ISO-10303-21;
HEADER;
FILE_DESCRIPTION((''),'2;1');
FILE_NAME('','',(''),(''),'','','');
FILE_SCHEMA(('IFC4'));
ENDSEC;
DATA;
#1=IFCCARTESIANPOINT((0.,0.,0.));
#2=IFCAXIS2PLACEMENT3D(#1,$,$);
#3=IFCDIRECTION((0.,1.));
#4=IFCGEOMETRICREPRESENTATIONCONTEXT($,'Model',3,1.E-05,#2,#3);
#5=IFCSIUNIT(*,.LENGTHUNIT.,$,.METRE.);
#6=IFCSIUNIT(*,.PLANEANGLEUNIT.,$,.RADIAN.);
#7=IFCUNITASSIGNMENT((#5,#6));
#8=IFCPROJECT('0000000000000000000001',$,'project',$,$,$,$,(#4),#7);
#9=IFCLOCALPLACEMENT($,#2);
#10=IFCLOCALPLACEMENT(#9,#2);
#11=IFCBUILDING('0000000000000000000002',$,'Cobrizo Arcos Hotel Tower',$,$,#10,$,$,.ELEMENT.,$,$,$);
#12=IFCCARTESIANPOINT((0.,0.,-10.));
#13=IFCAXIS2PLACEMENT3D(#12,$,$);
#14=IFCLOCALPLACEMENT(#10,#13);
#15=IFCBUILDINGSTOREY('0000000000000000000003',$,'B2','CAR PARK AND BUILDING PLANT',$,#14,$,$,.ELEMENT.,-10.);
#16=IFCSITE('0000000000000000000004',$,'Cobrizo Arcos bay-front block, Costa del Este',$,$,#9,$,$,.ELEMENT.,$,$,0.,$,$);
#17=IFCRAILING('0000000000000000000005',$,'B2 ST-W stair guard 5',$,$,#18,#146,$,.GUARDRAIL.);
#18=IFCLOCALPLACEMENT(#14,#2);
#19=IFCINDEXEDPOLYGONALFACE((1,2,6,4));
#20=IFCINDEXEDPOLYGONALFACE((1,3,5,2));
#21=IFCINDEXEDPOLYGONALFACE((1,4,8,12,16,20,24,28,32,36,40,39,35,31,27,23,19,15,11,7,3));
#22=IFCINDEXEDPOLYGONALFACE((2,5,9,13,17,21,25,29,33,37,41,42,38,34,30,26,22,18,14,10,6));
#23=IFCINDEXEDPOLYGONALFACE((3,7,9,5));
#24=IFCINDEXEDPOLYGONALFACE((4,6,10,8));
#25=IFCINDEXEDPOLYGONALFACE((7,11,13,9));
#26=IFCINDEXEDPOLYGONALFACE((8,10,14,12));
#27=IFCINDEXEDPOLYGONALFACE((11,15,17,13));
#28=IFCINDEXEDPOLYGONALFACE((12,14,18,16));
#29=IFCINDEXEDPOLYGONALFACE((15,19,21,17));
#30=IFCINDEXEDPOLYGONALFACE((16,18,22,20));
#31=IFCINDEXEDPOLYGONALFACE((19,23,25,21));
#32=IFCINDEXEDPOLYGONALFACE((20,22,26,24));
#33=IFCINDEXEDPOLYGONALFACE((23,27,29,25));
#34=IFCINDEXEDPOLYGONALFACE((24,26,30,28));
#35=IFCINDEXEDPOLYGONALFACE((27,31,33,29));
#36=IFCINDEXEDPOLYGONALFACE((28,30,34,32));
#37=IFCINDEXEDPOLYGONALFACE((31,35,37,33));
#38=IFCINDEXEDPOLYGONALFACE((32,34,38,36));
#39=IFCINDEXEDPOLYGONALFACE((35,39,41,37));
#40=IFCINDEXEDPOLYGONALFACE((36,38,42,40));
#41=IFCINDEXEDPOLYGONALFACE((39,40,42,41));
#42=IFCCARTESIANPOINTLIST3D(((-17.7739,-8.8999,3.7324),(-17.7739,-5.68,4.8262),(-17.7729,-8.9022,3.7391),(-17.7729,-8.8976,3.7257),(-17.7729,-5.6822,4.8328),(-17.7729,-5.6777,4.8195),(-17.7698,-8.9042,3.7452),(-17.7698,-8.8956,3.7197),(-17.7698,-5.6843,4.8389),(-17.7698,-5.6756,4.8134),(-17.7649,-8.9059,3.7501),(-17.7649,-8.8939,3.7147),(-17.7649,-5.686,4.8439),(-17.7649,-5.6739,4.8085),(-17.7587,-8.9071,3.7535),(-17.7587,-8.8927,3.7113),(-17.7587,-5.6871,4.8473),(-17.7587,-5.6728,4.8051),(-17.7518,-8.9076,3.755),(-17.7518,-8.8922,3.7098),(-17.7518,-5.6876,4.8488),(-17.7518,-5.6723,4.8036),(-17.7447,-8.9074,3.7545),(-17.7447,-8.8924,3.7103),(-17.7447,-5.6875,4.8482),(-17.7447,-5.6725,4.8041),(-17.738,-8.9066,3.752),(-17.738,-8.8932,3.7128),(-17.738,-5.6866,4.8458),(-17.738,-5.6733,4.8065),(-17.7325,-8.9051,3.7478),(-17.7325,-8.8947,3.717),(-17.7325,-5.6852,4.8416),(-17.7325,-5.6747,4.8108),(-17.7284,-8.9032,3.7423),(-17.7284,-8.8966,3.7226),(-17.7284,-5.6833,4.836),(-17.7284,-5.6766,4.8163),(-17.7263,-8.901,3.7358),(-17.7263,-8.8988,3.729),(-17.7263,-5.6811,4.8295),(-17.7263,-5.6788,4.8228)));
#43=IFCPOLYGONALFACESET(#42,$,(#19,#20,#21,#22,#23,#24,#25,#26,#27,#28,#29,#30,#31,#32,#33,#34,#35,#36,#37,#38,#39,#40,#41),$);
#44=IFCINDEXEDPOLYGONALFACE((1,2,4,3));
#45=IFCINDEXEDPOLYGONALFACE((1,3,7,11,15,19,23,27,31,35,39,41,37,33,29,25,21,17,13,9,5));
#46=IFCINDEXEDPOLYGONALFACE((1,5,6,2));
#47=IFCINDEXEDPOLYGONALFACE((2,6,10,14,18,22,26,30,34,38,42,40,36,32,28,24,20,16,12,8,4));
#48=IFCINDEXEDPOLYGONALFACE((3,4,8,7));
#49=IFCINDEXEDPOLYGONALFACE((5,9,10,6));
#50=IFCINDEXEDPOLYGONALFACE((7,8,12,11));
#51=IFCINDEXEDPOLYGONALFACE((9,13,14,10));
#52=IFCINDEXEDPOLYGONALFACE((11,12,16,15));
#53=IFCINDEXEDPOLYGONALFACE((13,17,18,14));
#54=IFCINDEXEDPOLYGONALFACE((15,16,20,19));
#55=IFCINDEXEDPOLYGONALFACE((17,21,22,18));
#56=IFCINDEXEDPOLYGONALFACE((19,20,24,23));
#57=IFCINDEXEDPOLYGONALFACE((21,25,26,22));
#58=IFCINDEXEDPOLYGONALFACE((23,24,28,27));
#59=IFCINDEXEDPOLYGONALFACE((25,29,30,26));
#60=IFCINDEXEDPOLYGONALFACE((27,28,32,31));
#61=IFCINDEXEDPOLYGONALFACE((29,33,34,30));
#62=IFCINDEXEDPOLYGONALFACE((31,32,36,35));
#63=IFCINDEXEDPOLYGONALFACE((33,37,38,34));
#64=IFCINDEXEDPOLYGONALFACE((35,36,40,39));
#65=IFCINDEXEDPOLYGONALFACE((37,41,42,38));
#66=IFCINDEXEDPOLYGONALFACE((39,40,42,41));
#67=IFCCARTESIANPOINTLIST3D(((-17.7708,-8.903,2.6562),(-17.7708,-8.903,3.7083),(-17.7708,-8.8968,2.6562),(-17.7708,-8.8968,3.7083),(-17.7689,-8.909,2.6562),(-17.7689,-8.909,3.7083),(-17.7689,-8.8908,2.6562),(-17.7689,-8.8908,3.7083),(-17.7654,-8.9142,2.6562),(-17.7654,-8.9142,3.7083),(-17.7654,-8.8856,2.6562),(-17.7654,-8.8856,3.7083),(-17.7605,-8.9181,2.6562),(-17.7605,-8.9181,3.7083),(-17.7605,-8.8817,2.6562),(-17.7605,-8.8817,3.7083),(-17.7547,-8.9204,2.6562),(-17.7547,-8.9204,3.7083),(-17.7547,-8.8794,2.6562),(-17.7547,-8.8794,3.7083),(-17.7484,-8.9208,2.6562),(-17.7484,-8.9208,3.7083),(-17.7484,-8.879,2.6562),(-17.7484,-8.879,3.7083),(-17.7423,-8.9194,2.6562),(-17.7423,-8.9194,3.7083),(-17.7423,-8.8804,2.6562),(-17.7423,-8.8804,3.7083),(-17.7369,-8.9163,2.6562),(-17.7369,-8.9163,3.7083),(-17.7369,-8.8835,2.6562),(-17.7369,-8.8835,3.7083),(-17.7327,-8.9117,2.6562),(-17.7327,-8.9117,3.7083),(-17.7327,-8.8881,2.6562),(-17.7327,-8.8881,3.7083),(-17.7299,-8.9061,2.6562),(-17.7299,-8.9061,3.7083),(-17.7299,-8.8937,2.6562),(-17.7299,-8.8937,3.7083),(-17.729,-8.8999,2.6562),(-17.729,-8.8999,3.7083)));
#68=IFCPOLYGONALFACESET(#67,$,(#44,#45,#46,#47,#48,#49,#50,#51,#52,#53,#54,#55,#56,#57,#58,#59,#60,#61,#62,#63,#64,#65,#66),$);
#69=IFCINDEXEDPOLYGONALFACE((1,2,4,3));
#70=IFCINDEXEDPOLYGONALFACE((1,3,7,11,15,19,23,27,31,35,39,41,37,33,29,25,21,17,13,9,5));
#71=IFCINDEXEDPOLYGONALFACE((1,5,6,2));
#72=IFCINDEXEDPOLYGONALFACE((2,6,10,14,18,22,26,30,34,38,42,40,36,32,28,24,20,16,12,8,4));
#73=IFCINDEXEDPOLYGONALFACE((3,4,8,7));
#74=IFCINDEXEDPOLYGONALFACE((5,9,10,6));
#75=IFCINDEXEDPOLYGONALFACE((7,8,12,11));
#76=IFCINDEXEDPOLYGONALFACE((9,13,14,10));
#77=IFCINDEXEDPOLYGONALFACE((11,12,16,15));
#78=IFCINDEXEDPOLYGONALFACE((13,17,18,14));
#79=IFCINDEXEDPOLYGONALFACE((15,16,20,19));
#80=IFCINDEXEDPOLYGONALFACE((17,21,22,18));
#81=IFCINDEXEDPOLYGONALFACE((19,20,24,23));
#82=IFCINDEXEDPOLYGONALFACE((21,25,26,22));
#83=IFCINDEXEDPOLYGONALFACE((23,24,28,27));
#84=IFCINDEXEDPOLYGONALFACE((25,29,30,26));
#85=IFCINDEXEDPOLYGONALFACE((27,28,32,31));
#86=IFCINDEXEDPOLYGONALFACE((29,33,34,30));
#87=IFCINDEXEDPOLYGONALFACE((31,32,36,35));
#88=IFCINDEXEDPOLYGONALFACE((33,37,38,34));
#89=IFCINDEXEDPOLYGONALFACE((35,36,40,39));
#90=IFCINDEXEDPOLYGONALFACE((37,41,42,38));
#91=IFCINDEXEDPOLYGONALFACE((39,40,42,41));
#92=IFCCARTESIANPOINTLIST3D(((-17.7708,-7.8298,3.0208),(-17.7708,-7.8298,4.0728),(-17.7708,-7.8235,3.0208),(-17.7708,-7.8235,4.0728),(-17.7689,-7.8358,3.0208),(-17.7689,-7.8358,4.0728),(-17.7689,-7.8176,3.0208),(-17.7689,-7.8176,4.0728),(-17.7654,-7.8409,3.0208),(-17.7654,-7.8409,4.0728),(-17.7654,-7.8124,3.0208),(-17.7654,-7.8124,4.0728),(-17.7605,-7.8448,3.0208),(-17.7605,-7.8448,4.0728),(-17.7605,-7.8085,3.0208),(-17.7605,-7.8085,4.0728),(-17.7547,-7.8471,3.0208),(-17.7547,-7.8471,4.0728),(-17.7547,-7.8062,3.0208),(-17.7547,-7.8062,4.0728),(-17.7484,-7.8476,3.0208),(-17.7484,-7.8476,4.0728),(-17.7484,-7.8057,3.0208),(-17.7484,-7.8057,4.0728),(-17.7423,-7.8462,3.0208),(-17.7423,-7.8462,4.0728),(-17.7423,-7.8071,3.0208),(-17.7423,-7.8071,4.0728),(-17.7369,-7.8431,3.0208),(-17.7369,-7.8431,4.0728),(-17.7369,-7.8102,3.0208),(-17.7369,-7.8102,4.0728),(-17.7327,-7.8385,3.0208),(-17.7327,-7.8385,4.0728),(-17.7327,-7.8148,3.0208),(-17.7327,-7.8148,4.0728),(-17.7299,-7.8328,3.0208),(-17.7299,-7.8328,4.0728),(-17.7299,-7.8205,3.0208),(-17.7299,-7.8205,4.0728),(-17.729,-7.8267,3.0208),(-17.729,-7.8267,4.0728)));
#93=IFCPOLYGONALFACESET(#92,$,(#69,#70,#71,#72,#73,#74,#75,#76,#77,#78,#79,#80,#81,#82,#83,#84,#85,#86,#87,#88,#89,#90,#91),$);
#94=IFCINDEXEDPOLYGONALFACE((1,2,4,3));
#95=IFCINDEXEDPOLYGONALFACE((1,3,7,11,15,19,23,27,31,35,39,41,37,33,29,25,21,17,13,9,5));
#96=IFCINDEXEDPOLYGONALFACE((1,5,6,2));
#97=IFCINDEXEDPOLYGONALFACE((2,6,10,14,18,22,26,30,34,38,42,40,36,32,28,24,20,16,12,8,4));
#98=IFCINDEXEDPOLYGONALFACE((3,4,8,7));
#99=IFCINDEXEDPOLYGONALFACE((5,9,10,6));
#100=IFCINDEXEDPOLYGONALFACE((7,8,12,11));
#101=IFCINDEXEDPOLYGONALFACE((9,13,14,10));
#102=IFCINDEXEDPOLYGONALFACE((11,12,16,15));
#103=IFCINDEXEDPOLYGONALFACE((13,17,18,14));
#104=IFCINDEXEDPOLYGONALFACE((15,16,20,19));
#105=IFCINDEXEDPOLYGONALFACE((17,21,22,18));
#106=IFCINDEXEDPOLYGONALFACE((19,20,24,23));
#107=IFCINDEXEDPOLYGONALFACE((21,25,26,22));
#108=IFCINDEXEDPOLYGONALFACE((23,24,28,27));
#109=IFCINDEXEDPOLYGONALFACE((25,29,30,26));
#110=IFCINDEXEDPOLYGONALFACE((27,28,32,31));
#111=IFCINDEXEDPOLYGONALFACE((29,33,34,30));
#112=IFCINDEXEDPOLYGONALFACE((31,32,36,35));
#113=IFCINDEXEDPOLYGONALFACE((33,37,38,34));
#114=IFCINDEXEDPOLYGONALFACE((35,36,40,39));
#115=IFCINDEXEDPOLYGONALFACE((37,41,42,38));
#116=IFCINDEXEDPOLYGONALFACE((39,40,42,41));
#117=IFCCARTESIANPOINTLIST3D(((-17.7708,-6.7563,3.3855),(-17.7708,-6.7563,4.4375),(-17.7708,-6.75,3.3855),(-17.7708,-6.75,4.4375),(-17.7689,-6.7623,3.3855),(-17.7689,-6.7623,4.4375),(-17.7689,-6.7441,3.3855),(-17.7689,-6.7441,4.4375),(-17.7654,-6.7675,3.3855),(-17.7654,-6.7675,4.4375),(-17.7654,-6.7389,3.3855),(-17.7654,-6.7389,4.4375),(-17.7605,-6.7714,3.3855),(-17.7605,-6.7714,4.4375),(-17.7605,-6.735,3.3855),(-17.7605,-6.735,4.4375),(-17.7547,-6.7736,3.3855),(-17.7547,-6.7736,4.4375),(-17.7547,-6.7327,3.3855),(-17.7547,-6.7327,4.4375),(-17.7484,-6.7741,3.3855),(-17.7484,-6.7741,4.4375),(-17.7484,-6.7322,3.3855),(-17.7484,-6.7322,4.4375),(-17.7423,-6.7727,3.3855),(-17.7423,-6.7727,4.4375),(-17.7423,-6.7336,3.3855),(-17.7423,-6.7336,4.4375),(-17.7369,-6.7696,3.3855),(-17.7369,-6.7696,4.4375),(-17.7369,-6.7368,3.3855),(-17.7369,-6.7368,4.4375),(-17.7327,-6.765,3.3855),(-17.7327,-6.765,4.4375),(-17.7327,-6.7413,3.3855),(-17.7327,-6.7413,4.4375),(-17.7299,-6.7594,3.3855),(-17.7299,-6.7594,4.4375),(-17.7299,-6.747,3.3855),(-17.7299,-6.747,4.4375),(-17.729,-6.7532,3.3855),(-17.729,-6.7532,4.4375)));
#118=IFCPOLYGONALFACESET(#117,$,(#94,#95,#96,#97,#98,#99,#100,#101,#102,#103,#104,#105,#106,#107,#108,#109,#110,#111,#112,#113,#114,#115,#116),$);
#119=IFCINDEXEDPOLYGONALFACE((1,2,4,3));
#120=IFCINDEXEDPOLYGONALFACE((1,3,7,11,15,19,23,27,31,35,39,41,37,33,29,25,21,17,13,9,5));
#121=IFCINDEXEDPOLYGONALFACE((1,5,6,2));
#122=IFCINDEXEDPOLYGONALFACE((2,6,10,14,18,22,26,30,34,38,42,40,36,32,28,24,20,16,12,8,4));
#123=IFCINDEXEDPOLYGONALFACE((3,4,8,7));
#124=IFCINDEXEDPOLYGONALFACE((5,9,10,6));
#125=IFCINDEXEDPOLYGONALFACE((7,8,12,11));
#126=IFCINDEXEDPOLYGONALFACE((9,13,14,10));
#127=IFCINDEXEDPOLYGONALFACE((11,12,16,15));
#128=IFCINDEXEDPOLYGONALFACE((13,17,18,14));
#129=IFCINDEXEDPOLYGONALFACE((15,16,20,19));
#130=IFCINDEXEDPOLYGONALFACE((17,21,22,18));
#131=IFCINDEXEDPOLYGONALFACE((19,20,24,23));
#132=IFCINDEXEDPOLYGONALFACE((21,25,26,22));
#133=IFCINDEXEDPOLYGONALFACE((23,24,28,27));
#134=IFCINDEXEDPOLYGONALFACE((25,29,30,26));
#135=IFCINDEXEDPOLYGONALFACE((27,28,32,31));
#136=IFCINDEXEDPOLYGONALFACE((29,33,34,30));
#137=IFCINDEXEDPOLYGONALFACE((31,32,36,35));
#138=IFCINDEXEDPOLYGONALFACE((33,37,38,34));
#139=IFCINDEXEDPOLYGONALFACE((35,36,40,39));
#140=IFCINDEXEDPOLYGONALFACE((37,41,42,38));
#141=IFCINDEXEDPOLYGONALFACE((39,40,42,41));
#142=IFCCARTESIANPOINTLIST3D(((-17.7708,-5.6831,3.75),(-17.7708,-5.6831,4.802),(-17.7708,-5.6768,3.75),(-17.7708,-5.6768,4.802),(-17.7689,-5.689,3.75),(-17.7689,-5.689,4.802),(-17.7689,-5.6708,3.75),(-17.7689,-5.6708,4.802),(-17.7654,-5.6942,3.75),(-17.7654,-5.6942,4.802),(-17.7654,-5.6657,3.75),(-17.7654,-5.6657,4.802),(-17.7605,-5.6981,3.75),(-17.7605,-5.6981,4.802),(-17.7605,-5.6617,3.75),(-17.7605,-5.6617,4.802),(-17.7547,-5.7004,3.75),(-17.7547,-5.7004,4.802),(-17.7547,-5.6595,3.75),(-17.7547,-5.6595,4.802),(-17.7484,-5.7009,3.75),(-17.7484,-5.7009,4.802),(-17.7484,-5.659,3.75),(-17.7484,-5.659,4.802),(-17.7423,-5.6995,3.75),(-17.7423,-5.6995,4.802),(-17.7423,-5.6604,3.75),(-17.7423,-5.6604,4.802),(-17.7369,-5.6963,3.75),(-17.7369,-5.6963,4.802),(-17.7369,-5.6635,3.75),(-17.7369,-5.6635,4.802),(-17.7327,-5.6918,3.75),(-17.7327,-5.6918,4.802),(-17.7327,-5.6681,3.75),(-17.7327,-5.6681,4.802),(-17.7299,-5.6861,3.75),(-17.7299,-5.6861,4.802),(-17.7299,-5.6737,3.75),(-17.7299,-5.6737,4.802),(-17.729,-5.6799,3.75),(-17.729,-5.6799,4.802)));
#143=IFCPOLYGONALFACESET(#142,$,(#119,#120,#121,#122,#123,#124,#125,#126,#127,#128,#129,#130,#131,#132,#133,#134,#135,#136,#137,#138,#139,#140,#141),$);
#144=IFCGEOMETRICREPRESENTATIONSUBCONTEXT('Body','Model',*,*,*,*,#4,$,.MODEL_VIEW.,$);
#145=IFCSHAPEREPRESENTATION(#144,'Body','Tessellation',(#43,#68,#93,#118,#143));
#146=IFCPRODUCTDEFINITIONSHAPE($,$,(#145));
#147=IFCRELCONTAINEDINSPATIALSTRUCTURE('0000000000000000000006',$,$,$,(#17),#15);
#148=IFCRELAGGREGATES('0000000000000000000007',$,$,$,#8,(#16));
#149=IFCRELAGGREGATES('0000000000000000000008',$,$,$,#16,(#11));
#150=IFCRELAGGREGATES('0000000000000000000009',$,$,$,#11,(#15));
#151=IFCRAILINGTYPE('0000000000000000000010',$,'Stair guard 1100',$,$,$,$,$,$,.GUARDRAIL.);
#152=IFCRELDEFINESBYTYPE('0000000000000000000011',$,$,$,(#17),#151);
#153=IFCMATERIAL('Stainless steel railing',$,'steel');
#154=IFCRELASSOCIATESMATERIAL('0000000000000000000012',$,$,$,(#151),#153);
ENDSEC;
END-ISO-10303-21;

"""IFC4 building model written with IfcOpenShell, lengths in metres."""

from ifc_helpers import new_model, si_unit, direction, frame, origin, origin_2d, place, context, subcontext, project, spatial, circle, extrude, material, type_object, element, save


model = new_model("IFC4")

# Units and contexts
model_context = context("Model", 3, precision=1e-05, world=origin(), true_north=direction((0.0, 1.0)))
body_context = subcontext(model_context, "Body", "Model", "MODEL_VIEW")
ifc_project = project(units=[si_unit("LENGTHUNIT", "METRE"), si_unit("PLANEANGLEUNIT", "RADIAN")], contexts=[model_context])

# Site, building, storey
site_placement = place(None, origin())
site = spatial("IfcSite", under=ifc_project, at=site_placement, Name="Cobrizo Arcos bay-front block, Costa del Este", CompositionType="ELEMENT", RefElevation=0.0)
building_placement = place(site_placement, origin())
building = spatial("IfcBuilding", under=site, at=building_placement, Name="Cobrizo Arcos Hotel Tower", CompositionType="ELEMENT")
storey_placement = place(building_placement, frame((0.0, 0.0, -10.0)))
storey = spatial("IfcBuildingStorey", under=building, at=storey_placement, Name="B2", Description="CAR PARK AND BUILDING PLANT", CompositionType="ELEMENT", Elevation=-10.0)

# Railing
ifc_material_1 = material(Name="Stainless steel railing", Category="steel")
railing_type_1 = type_object("IfcRailingType", Name="Stair guard 1100", PredefinedType="GUARDRAIL", material=ifc_material_1)
railing_placement = place(storey_placement, frame((-17.75, -8.8999, 2.6562)))
element("IfcRailing", 1, at=railing_placement, inside=storey, type_object=railing_type_1, Name="B2 ST-W stair guard 5", PredefinedType="GUARDRAIL", context=body_context, shape_type="SweptSolid", body=[
    extrude(circle(Radius=0.0239, at=origin_2d()), frame((0.0, 0.0, 1.0762), z_axis=(0.0, 0.946866, 0.321629), x_axis=(-1.0, 0.0, 0.0)), (0.0, 0.0, 1.0), 3.4006),
    extrude(circle(Radius=0.021, at=origin_2d()), origin(), (0.0, 0.0, 1.0), 1.052),
    extrude(circle(Radius=0.021, at=origin_2d()), frame((0.0, 1.0732, 0.3645)), (0.0, 0.0, 1.0), 1.052),
    extrude(circle(Radius=0.021, at=origin_2d()), frame((0.0, 2.1467, 0.7292)), (0.0, 0.0, 1.0), 1.052),
    extrude(circle(Radius=0.021, at=origin_2d()), frame((0.0, 3.22, 1.0938)), (0.0, 0.0, 1.0), 1.052),
])

save(model, "model.ifc")
